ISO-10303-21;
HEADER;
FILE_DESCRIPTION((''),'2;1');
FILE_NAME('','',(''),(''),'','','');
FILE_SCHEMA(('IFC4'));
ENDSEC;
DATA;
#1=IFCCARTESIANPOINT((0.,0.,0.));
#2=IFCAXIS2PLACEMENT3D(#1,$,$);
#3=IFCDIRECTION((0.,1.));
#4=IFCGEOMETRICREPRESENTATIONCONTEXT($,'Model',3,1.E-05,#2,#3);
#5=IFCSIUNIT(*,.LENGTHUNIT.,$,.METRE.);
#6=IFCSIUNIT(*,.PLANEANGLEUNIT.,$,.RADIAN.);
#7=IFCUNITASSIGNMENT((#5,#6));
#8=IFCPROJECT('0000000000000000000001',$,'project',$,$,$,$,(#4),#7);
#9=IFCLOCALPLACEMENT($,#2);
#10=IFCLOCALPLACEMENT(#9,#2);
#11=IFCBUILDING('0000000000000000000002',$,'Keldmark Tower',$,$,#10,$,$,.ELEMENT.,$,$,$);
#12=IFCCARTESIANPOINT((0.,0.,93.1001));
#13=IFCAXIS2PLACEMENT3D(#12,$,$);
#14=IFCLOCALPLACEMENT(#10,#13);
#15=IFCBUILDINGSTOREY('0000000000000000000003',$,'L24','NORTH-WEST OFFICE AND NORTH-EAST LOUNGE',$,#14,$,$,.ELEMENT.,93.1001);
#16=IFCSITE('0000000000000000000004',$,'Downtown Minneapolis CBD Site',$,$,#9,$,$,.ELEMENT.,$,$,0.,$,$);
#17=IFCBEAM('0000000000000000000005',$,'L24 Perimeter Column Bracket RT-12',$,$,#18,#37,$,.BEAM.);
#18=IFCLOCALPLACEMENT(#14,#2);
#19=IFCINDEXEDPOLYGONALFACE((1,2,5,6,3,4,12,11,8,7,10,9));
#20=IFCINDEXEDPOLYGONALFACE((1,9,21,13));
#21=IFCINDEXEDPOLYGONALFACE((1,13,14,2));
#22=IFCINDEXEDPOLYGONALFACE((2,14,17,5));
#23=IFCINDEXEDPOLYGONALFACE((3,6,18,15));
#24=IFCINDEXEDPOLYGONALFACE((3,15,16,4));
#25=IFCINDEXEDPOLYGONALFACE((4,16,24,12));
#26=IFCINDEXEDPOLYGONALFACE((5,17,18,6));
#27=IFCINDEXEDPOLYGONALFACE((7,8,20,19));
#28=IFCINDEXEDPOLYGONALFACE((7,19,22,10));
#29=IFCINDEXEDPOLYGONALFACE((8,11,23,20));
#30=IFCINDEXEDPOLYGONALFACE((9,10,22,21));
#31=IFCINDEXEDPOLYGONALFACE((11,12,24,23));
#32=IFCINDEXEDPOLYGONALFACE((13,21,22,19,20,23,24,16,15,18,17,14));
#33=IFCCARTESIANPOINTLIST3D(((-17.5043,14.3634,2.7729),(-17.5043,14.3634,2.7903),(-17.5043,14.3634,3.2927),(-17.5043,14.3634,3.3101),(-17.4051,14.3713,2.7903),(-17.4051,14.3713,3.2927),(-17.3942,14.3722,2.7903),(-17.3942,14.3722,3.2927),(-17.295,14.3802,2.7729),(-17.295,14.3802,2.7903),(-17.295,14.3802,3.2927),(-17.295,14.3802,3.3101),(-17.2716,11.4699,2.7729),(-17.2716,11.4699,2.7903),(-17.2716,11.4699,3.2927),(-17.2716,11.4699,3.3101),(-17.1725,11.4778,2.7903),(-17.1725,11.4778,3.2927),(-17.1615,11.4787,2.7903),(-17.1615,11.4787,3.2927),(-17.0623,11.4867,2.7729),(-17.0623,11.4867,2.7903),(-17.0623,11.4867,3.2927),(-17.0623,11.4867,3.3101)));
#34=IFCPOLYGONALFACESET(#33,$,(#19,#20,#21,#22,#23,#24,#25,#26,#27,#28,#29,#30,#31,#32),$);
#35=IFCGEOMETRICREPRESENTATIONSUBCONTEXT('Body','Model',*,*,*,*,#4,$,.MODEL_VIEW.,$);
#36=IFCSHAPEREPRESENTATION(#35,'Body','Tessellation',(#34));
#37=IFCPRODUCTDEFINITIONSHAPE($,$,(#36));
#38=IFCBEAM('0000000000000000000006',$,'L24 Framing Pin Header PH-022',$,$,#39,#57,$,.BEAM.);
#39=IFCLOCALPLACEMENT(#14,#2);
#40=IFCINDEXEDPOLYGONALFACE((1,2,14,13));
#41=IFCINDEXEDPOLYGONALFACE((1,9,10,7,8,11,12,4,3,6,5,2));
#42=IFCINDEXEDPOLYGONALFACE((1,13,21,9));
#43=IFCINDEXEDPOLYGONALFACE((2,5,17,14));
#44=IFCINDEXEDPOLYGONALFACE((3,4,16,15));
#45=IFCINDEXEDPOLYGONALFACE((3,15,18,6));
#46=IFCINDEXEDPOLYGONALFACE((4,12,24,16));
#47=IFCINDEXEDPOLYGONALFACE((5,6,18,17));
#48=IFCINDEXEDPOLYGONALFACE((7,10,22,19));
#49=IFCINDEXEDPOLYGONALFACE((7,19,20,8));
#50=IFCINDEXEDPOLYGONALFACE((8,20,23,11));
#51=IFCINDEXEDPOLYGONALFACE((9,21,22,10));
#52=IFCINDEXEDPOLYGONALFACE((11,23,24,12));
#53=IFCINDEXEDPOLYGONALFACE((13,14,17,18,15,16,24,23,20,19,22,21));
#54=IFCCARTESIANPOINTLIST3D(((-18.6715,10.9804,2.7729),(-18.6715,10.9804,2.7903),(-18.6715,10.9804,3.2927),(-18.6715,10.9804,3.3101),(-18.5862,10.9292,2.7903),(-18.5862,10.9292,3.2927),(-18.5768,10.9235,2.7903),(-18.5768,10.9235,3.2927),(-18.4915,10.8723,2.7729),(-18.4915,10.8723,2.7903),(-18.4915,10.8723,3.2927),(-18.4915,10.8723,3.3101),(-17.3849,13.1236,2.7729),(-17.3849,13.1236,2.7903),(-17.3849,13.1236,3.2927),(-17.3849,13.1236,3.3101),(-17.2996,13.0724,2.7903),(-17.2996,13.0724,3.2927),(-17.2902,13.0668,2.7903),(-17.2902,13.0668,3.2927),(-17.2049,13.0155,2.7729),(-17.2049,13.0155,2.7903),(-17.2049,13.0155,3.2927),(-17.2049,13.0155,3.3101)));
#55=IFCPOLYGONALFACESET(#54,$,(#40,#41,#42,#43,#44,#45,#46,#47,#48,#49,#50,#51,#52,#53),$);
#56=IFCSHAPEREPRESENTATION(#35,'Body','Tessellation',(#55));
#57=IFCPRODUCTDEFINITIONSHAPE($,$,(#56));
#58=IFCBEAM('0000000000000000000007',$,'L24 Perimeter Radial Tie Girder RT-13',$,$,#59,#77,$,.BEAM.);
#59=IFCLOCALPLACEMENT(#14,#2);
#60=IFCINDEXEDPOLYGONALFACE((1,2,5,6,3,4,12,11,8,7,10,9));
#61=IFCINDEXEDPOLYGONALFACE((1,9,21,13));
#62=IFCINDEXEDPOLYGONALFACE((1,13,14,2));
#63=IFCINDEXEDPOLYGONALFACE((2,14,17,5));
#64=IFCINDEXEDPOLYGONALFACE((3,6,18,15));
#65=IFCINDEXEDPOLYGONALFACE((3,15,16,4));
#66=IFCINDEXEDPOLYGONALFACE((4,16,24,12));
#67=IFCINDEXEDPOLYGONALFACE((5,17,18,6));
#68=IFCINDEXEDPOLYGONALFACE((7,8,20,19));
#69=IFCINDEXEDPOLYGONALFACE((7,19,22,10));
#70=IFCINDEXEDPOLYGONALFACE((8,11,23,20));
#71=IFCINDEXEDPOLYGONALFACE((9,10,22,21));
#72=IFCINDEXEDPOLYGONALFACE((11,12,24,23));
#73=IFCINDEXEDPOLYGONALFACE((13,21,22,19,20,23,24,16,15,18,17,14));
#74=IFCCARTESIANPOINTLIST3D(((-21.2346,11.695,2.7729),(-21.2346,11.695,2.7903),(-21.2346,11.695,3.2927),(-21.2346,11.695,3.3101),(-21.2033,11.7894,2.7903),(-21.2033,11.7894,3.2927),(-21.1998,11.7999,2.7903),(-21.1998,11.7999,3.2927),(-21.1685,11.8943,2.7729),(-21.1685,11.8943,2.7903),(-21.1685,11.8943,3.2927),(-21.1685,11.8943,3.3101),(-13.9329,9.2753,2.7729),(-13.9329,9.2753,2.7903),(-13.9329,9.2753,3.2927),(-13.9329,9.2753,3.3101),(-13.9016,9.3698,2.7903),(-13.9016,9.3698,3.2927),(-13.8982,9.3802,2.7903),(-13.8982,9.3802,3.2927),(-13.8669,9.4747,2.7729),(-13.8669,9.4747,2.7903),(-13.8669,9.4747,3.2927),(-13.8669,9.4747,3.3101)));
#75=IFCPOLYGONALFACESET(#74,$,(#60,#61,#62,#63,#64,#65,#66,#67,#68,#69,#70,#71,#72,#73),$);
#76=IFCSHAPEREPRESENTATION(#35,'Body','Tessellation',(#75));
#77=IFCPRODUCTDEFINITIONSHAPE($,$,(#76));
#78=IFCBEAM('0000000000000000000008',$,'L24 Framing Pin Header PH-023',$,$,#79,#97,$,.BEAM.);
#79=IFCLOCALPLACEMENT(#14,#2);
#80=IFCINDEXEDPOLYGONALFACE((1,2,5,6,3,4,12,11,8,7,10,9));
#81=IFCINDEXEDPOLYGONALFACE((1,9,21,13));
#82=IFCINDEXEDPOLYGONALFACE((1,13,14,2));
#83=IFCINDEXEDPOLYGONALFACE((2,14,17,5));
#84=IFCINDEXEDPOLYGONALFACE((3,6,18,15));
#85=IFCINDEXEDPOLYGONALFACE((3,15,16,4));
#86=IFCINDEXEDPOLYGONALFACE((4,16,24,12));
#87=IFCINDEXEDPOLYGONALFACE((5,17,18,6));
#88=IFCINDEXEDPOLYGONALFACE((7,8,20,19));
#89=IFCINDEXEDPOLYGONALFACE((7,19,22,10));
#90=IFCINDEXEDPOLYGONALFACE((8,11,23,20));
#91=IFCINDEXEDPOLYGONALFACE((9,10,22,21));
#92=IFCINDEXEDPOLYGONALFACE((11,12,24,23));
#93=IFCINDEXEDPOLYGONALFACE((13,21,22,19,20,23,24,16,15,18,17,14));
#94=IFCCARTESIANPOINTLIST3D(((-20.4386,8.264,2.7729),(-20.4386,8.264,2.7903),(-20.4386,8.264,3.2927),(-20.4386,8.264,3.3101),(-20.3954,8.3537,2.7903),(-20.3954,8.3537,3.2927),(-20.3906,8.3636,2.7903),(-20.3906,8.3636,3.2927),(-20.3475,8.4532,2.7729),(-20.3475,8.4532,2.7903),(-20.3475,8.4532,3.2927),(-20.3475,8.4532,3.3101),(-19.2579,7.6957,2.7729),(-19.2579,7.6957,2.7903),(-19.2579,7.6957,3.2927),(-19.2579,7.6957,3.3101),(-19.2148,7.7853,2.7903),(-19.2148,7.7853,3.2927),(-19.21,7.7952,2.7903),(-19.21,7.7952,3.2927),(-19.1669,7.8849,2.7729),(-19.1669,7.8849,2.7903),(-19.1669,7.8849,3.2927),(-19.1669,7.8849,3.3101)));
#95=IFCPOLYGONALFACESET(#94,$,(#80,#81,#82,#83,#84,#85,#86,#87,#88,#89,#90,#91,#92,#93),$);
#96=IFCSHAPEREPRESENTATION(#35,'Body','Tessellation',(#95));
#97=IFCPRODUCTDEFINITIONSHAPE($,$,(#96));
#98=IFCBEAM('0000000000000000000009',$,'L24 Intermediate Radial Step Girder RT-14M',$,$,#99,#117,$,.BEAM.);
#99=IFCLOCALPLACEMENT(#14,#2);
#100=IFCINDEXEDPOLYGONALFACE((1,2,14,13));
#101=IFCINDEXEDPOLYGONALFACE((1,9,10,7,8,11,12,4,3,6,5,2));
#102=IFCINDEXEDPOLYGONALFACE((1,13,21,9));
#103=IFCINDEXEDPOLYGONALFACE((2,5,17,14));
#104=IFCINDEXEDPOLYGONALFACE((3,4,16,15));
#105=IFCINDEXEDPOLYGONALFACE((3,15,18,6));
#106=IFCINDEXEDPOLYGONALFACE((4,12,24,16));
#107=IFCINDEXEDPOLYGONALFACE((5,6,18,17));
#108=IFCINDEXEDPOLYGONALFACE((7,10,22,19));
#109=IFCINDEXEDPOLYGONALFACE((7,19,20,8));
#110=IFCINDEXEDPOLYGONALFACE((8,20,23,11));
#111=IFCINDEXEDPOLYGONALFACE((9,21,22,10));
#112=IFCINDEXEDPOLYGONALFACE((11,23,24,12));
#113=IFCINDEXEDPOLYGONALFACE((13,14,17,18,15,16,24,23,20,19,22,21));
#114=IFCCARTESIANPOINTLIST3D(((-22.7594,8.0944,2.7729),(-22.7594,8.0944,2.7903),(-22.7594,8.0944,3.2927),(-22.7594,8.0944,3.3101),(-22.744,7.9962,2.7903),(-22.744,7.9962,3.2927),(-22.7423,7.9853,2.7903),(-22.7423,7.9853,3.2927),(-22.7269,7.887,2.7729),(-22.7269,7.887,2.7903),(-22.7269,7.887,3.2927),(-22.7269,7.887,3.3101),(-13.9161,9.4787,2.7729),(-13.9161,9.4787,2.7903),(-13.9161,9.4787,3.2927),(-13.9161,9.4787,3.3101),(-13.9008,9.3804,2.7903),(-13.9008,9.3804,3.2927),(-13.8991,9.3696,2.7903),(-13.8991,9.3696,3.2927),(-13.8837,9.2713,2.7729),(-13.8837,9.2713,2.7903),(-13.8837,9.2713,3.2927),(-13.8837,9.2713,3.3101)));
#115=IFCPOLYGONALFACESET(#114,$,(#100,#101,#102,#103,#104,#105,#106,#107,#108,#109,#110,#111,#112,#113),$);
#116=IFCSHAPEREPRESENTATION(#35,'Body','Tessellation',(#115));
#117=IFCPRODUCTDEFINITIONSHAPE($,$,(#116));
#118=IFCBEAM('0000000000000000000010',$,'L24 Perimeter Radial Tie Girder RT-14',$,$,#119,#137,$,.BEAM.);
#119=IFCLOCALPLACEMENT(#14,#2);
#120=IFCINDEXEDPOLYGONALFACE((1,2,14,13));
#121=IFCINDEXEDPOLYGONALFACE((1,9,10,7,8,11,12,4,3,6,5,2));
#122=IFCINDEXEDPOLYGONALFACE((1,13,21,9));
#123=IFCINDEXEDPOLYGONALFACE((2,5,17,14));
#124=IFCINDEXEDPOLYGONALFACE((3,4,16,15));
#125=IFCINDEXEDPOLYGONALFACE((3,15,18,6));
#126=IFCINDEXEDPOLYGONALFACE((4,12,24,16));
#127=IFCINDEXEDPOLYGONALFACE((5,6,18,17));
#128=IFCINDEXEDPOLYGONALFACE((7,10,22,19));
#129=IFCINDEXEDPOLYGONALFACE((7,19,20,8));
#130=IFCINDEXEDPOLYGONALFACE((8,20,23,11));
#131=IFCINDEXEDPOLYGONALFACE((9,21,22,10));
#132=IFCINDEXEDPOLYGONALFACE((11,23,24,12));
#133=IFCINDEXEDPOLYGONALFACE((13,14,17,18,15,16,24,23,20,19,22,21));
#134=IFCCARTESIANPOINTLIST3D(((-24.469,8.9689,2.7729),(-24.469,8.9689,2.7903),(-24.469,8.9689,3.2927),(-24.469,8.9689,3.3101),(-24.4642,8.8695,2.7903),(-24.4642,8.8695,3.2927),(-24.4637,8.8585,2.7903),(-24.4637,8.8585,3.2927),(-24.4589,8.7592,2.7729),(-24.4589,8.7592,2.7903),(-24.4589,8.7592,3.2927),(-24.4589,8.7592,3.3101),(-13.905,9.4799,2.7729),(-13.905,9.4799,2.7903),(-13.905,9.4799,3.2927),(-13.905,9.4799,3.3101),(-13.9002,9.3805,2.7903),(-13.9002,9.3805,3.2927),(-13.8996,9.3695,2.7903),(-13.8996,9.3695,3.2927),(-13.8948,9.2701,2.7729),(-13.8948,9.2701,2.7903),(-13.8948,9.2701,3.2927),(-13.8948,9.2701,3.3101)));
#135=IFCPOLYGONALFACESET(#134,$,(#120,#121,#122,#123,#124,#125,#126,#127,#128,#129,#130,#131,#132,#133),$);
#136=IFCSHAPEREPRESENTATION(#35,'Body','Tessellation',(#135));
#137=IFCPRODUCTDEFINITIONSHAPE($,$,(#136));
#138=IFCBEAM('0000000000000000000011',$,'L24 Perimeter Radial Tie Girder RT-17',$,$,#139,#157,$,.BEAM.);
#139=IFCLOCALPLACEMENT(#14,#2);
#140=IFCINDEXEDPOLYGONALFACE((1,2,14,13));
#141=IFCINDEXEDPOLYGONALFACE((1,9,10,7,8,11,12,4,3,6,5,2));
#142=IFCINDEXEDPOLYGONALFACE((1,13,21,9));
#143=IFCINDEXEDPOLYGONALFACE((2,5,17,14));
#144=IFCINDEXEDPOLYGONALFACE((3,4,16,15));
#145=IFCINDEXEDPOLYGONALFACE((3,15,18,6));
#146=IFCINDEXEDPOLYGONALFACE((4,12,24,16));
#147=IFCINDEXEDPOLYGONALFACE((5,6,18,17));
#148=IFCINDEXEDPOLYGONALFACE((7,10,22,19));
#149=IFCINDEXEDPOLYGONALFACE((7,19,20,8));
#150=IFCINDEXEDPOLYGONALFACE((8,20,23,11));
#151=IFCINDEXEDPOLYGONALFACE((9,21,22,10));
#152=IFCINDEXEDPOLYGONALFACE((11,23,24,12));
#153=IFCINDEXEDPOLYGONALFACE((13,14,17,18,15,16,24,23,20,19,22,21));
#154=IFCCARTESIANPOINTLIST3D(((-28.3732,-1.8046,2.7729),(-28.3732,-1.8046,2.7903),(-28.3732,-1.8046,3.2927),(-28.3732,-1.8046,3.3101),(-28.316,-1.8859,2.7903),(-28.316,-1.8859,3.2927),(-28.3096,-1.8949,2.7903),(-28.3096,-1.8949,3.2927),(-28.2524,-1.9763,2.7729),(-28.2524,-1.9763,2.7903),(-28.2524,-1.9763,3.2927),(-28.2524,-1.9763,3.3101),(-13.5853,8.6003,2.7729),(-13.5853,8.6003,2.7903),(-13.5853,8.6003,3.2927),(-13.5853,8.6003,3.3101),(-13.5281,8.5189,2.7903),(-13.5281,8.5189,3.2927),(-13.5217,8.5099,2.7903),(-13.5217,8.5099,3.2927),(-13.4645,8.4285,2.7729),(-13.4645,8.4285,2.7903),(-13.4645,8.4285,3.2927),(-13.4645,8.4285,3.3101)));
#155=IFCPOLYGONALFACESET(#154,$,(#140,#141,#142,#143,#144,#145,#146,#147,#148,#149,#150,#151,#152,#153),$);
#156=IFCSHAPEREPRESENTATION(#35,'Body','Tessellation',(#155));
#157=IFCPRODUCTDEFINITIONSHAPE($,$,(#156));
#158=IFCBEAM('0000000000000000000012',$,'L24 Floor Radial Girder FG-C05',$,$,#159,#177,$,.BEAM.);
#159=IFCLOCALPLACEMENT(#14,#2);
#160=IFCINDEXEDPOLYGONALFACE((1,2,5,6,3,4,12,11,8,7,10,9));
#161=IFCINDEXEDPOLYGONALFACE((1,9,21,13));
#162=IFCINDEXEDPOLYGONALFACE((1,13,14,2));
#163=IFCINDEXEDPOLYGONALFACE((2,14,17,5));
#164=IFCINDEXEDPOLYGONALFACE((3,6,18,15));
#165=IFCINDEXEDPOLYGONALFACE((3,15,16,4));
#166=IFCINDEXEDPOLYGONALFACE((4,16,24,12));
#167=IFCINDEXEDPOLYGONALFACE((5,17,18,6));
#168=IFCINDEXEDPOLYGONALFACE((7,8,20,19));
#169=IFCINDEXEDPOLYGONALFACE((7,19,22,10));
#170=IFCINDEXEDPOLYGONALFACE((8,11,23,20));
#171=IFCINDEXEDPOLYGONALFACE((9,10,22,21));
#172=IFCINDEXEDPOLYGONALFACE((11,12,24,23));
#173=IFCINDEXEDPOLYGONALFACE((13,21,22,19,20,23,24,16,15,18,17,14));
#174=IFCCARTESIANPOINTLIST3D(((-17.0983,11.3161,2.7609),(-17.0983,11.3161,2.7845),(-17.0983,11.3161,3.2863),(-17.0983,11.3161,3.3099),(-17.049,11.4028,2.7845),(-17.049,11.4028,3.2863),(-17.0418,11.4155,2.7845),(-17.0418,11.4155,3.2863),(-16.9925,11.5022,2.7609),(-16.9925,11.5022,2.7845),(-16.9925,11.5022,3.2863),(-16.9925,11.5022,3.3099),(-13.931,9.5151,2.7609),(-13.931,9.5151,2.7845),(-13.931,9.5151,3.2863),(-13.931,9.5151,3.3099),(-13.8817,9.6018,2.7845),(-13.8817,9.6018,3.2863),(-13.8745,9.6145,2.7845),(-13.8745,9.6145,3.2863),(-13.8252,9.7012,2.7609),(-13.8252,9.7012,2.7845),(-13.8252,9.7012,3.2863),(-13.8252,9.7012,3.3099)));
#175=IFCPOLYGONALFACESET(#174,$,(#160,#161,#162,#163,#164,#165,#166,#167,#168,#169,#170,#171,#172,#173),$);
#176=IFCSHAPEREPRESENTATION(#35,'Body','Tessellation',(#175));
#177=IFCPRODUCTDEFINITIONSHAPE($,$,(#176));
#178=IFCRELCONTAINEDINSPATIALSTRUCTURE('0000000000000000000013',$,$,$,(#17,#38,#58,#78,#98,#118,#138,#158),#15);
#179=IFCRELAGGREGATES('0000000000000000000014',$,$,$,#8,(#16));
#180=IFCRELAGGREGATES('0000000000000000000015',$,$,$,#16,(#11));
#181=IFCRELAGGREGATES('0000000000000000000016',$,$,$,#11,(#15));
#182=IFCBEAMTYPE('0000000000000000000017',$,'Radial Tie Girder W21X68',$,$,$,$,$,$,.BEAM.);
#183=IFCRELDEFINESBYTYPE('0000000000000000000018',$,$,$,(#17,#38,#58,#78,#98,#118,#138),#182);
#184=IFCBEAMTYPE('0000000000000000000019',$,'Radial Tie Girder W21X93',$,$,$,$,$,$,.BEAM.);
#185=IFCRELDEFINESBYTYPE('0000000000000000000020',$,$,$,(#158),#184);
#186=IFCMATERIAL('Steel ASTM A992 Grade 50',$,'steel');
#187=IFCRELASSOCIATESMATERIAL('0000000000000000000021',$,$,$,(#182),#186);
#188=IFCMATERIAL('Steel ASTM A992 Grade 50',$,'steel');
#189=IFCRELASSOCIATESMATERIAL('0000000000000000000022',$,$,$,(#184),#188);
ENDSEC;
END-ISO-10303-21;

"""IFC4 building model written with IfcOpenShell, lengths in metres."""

from ifc_helpers import new_model, si_unit, direction, frame, origin, origin_2d, place, context, subcontext, project, spatial, i_section, extrude, material, material_profile, profile_set, type_object, element, save


model = new_model("IFC4")

# Units and contexts
model_context = context("Model", 3, precision=1e-05, world=origin(), true_north=direction((0.0, 1.0)))
body_context = subcontext(model_context, "Body", "Model", "MODEL_VIEW")
ifc_project = project(units=[si_unit("LENGTHUNIT", "METRE"), si_unit("PLANEANGLEUNIT", "RADIAN")], contexts=[model_context])

# Site, building, storey
site_placement = place(None, origin())
site = spatial("IfcSite", under=ifc_project, at=site_placement, Name="Downtown Minneapolis CBD Site", CompositionType="ELEMENT", RefElevation=0.0)
building_placement = place(site_placement, origin())
building = spatial("IfcBuilding", under=site, at=building_placement, Name="Keldmark Tower", CompositionType="ELEMENT")
storey_placement = place(building_placement, frame((0.0, 0.0, 93.1001)))
storey = spatial("IfcBuildingStorey", under=building, at=storey_placement, Name="L24", Description="NORTH-WEST OFFICE AND NORTH-EAST LOUNGE", CompositionType="ELEMENT", Elevation=93.1001)

# Beams
ifc_material_1 = material(Name="Steel ASTM A992 Grade 50", Category="steel")
ifc_material_profile_1 = material_profile(ifc_material_1, i_section(OverallWidth=0.21, OverallDepth=0.5371, WebThickness=0.011, FlangeThickness=0.0173, at=origin_2d()), Name="W21X68")
ifc_profile_set_1 = profile_set([ifc_material_profile_1], Name="Steel ASTM A992 Grade 50")
beam_type_1 = type_object("IfcBeamType", Name="Radial Tie Girder W21X68", PredefinedType="BEAM", material=ifc_profile_set_1)
beam_1_placement = place(storey_placement, frame((-17.167, 11.4783, 3.0415), z_axis=(-0.08015, 0.996783, 0.0), x_axis=(-0.996783, -0.08015, 0.0)))
element("IfcBeam", 1, at=beam_1_placement, inside=storey, type_object=beam_type_1, Name="L24 Perimeter Column Bracket RT-12", PredefinedType="BEAM", context=body_context, shape_type="SweptSolid", body=[
    extrude(i_section(OverallWidth=0.21, OverallDepth=0.5371, WebThickness=0.011, FlangeThickness=0.0173, at=origin_2d()), origin(), (0.0, 0.0, 1.0), 2.9028),
])
beam_2_placement = place(storey_placement, frame((-17.2949, 13.0696, 3.0415), z_axis=(-0.514682, -0.857381, 0.0), x_axis=(0.857381, -0.514682, 0.0)))
element("IfcBeam", 2, at=beam_2_placement, inside=storey, type_object=beam_type_1, Name="L24 Framing Pin Header PH-022", PredefinedType="BEAM", context=body_context, shape_type="SweptSolid", body=[
    extrude(i_section(OverallWidth=0.21, OverallDepth=0.5371, WebThickness=0.011, FlangeThickness=0.0173, at=origin_2d()), origin(), (0.0, 0.0, 1.0), 2.4998),
])
beam_3_placement = place(storey_placement, frame((-13.8999, 9.375, 3.0415), z_axis=(-0.949237, 0.314561, 0.0), x_axis=(-0.314561, -0.949237, 0.0)))
element("IfcBeam", 3, at=beam_3_placement, inside=storey, type_object=beam_type_1, Name="L24 Perimeter Radial Tie Girder RT-13", PredefinedType="BEAM", context=body_context, shape_type="SweptSolid", body=[
    extrude(i_section(OverallWidth=0.21, OverallDepth=0.5371, WebThickness=0.011, FlangeThickness=0.0173, at=origin_2d()), origin(), (0.0, 0.0, 1.0), 7.6921),
])
beam_4_placement = place(storey_placement, frame((-19.2124, 7.7903, 3.0415), z_axis=(-0.901034, 0.433748, 0.0), x_axis=(-0.433748, -0.901034, 0.0)))
element("IfcBeam", 4, at=beam_4_placement, inside=storey, type_object=beam_type_1, Name="L24 Framing Pin Header PH-023", PredefinedType="BEAM", context=body_context, shape_type="SweptSolid", body=[
    extrude(i_section(OverallWidth=0.21, OverallDepth=0.5371, WebThickness=0.011, FlangeThickness=0.0173, at=origin_2d()), origin(), (0.0, 0.0, 1.0), 1.3103),
])
beam_5_placement = place(storey_placement, frame((-13.8999, 9.375, 3.0415), z_axis=(-0.987969, -0.154651, 0.0), x_axis=(0.154651, -0.987969, 0.0)))
element("IfcBeam", 5, at=beam_5_placement, inside=storey, type_object=beam_type_1, Name="L24 Intermediate Radial Step Girder RT-14M", PredefinedType="BEAM", context=body_context, shape_type="SweptSolid", body=[
    extrude(i_section(OverallWidth=0.21, OverallDepth=0.5371, WebThickness=0.011, FlangeThickness=0.0173, at=origin_2d()), origin(), (0.0, 0.0, 1.0), 8.9509),
])
beam_6_placement = place(storey_placement, frame((-13.8999, 9.375, 3.0415), z_axis=(-0.998832, -0.048314, 0.0), x_axis=(0.048314, -0.998832, 0.0)))
element("IfcBeam", 6, at=beam_6_placement, inside=storey, type_object=beam_type_1, Name="L24 Perimeter Radial Tie Girder RT-14", PredefinedType="BEAM", context=body_context, shape_type="SweptSolid", body=[
    extrude(i_section(OverallWidth=0.21, OverallDepth=0.5371, WebThickness=0.011, FlangeThickness=0.0173, at=origin_2d()), origin(), (0.0, 0.0, 1.0), 10.5764),
])
beam_7_placement = place(storey_placement, frame((-13.5249, 8.5144, 3.0415), z_axis=(-0.817845, -0.575439, 0.0), x_axis=(0.575439, -0.817845, 0.0)))
element("IfcBeam", 7, at=beam_7_placement, inside=storey, type_object=beam_type_1, Name="L24 Perimeter Radial Tie Girder RT-17", PredefinedType="BEAM", context=body_context, shape_type="SweptSolid", body=[
    extrude(i_section(OverallWidth=0.21, OverallDepth=0.5371, WebThickness=0.011, FlangeThickness=0.0173, at=origin_2d()), origin(), (0.0, 0.0, 1.0), 18.0815),
])
ifc_material_2 = material(Name="Steel ASTM A992 Grade 50", Category="steel")
ifc_material_profile_2 = material_profile(ifc_material_2, i_section(OverallWidth=0.2141, OverallDepth=0.5491, WebThickness=0.0146, FlangeThickness=0.0237, at=origin_2d()), Name="W21X93")
ifc_profile_set_2 = profile_set([ifc_material_profile_2], Name="Steel ASTM A992 Grade 50")
beam_type_2 = type_object("IfcBeamType", Name="Radial Tie Girder W21X93", PredefinedType="BEAM", material=ifc_profile_set_2)
beam_8_placement = place(storey_placement, frame((-17.0454, 11.4092, 3.0354), z_axis=(0.869284, -0.494312, 0.0), x_axis=(0.494312, 0.869284, 0.0)))
element("IfcBeam", 8, at=beam_8_placement, inside=storey, type_object=beam_type_2, Name="L24 Floor Radial Girder FG-C05", PredefinedType="BEAM", context=body_context, shape_type="SweptSolid", body=[
    extrude(i_section(OverallWidth=0.2141, OverallDepth=0.5491, WebThickness=0.0146, FlangeThickness=0.0237, at=origin_2d()), origin(), (0.0, 0.0, 1.0), 3.6436),
])

save(model, "model.ifc")
